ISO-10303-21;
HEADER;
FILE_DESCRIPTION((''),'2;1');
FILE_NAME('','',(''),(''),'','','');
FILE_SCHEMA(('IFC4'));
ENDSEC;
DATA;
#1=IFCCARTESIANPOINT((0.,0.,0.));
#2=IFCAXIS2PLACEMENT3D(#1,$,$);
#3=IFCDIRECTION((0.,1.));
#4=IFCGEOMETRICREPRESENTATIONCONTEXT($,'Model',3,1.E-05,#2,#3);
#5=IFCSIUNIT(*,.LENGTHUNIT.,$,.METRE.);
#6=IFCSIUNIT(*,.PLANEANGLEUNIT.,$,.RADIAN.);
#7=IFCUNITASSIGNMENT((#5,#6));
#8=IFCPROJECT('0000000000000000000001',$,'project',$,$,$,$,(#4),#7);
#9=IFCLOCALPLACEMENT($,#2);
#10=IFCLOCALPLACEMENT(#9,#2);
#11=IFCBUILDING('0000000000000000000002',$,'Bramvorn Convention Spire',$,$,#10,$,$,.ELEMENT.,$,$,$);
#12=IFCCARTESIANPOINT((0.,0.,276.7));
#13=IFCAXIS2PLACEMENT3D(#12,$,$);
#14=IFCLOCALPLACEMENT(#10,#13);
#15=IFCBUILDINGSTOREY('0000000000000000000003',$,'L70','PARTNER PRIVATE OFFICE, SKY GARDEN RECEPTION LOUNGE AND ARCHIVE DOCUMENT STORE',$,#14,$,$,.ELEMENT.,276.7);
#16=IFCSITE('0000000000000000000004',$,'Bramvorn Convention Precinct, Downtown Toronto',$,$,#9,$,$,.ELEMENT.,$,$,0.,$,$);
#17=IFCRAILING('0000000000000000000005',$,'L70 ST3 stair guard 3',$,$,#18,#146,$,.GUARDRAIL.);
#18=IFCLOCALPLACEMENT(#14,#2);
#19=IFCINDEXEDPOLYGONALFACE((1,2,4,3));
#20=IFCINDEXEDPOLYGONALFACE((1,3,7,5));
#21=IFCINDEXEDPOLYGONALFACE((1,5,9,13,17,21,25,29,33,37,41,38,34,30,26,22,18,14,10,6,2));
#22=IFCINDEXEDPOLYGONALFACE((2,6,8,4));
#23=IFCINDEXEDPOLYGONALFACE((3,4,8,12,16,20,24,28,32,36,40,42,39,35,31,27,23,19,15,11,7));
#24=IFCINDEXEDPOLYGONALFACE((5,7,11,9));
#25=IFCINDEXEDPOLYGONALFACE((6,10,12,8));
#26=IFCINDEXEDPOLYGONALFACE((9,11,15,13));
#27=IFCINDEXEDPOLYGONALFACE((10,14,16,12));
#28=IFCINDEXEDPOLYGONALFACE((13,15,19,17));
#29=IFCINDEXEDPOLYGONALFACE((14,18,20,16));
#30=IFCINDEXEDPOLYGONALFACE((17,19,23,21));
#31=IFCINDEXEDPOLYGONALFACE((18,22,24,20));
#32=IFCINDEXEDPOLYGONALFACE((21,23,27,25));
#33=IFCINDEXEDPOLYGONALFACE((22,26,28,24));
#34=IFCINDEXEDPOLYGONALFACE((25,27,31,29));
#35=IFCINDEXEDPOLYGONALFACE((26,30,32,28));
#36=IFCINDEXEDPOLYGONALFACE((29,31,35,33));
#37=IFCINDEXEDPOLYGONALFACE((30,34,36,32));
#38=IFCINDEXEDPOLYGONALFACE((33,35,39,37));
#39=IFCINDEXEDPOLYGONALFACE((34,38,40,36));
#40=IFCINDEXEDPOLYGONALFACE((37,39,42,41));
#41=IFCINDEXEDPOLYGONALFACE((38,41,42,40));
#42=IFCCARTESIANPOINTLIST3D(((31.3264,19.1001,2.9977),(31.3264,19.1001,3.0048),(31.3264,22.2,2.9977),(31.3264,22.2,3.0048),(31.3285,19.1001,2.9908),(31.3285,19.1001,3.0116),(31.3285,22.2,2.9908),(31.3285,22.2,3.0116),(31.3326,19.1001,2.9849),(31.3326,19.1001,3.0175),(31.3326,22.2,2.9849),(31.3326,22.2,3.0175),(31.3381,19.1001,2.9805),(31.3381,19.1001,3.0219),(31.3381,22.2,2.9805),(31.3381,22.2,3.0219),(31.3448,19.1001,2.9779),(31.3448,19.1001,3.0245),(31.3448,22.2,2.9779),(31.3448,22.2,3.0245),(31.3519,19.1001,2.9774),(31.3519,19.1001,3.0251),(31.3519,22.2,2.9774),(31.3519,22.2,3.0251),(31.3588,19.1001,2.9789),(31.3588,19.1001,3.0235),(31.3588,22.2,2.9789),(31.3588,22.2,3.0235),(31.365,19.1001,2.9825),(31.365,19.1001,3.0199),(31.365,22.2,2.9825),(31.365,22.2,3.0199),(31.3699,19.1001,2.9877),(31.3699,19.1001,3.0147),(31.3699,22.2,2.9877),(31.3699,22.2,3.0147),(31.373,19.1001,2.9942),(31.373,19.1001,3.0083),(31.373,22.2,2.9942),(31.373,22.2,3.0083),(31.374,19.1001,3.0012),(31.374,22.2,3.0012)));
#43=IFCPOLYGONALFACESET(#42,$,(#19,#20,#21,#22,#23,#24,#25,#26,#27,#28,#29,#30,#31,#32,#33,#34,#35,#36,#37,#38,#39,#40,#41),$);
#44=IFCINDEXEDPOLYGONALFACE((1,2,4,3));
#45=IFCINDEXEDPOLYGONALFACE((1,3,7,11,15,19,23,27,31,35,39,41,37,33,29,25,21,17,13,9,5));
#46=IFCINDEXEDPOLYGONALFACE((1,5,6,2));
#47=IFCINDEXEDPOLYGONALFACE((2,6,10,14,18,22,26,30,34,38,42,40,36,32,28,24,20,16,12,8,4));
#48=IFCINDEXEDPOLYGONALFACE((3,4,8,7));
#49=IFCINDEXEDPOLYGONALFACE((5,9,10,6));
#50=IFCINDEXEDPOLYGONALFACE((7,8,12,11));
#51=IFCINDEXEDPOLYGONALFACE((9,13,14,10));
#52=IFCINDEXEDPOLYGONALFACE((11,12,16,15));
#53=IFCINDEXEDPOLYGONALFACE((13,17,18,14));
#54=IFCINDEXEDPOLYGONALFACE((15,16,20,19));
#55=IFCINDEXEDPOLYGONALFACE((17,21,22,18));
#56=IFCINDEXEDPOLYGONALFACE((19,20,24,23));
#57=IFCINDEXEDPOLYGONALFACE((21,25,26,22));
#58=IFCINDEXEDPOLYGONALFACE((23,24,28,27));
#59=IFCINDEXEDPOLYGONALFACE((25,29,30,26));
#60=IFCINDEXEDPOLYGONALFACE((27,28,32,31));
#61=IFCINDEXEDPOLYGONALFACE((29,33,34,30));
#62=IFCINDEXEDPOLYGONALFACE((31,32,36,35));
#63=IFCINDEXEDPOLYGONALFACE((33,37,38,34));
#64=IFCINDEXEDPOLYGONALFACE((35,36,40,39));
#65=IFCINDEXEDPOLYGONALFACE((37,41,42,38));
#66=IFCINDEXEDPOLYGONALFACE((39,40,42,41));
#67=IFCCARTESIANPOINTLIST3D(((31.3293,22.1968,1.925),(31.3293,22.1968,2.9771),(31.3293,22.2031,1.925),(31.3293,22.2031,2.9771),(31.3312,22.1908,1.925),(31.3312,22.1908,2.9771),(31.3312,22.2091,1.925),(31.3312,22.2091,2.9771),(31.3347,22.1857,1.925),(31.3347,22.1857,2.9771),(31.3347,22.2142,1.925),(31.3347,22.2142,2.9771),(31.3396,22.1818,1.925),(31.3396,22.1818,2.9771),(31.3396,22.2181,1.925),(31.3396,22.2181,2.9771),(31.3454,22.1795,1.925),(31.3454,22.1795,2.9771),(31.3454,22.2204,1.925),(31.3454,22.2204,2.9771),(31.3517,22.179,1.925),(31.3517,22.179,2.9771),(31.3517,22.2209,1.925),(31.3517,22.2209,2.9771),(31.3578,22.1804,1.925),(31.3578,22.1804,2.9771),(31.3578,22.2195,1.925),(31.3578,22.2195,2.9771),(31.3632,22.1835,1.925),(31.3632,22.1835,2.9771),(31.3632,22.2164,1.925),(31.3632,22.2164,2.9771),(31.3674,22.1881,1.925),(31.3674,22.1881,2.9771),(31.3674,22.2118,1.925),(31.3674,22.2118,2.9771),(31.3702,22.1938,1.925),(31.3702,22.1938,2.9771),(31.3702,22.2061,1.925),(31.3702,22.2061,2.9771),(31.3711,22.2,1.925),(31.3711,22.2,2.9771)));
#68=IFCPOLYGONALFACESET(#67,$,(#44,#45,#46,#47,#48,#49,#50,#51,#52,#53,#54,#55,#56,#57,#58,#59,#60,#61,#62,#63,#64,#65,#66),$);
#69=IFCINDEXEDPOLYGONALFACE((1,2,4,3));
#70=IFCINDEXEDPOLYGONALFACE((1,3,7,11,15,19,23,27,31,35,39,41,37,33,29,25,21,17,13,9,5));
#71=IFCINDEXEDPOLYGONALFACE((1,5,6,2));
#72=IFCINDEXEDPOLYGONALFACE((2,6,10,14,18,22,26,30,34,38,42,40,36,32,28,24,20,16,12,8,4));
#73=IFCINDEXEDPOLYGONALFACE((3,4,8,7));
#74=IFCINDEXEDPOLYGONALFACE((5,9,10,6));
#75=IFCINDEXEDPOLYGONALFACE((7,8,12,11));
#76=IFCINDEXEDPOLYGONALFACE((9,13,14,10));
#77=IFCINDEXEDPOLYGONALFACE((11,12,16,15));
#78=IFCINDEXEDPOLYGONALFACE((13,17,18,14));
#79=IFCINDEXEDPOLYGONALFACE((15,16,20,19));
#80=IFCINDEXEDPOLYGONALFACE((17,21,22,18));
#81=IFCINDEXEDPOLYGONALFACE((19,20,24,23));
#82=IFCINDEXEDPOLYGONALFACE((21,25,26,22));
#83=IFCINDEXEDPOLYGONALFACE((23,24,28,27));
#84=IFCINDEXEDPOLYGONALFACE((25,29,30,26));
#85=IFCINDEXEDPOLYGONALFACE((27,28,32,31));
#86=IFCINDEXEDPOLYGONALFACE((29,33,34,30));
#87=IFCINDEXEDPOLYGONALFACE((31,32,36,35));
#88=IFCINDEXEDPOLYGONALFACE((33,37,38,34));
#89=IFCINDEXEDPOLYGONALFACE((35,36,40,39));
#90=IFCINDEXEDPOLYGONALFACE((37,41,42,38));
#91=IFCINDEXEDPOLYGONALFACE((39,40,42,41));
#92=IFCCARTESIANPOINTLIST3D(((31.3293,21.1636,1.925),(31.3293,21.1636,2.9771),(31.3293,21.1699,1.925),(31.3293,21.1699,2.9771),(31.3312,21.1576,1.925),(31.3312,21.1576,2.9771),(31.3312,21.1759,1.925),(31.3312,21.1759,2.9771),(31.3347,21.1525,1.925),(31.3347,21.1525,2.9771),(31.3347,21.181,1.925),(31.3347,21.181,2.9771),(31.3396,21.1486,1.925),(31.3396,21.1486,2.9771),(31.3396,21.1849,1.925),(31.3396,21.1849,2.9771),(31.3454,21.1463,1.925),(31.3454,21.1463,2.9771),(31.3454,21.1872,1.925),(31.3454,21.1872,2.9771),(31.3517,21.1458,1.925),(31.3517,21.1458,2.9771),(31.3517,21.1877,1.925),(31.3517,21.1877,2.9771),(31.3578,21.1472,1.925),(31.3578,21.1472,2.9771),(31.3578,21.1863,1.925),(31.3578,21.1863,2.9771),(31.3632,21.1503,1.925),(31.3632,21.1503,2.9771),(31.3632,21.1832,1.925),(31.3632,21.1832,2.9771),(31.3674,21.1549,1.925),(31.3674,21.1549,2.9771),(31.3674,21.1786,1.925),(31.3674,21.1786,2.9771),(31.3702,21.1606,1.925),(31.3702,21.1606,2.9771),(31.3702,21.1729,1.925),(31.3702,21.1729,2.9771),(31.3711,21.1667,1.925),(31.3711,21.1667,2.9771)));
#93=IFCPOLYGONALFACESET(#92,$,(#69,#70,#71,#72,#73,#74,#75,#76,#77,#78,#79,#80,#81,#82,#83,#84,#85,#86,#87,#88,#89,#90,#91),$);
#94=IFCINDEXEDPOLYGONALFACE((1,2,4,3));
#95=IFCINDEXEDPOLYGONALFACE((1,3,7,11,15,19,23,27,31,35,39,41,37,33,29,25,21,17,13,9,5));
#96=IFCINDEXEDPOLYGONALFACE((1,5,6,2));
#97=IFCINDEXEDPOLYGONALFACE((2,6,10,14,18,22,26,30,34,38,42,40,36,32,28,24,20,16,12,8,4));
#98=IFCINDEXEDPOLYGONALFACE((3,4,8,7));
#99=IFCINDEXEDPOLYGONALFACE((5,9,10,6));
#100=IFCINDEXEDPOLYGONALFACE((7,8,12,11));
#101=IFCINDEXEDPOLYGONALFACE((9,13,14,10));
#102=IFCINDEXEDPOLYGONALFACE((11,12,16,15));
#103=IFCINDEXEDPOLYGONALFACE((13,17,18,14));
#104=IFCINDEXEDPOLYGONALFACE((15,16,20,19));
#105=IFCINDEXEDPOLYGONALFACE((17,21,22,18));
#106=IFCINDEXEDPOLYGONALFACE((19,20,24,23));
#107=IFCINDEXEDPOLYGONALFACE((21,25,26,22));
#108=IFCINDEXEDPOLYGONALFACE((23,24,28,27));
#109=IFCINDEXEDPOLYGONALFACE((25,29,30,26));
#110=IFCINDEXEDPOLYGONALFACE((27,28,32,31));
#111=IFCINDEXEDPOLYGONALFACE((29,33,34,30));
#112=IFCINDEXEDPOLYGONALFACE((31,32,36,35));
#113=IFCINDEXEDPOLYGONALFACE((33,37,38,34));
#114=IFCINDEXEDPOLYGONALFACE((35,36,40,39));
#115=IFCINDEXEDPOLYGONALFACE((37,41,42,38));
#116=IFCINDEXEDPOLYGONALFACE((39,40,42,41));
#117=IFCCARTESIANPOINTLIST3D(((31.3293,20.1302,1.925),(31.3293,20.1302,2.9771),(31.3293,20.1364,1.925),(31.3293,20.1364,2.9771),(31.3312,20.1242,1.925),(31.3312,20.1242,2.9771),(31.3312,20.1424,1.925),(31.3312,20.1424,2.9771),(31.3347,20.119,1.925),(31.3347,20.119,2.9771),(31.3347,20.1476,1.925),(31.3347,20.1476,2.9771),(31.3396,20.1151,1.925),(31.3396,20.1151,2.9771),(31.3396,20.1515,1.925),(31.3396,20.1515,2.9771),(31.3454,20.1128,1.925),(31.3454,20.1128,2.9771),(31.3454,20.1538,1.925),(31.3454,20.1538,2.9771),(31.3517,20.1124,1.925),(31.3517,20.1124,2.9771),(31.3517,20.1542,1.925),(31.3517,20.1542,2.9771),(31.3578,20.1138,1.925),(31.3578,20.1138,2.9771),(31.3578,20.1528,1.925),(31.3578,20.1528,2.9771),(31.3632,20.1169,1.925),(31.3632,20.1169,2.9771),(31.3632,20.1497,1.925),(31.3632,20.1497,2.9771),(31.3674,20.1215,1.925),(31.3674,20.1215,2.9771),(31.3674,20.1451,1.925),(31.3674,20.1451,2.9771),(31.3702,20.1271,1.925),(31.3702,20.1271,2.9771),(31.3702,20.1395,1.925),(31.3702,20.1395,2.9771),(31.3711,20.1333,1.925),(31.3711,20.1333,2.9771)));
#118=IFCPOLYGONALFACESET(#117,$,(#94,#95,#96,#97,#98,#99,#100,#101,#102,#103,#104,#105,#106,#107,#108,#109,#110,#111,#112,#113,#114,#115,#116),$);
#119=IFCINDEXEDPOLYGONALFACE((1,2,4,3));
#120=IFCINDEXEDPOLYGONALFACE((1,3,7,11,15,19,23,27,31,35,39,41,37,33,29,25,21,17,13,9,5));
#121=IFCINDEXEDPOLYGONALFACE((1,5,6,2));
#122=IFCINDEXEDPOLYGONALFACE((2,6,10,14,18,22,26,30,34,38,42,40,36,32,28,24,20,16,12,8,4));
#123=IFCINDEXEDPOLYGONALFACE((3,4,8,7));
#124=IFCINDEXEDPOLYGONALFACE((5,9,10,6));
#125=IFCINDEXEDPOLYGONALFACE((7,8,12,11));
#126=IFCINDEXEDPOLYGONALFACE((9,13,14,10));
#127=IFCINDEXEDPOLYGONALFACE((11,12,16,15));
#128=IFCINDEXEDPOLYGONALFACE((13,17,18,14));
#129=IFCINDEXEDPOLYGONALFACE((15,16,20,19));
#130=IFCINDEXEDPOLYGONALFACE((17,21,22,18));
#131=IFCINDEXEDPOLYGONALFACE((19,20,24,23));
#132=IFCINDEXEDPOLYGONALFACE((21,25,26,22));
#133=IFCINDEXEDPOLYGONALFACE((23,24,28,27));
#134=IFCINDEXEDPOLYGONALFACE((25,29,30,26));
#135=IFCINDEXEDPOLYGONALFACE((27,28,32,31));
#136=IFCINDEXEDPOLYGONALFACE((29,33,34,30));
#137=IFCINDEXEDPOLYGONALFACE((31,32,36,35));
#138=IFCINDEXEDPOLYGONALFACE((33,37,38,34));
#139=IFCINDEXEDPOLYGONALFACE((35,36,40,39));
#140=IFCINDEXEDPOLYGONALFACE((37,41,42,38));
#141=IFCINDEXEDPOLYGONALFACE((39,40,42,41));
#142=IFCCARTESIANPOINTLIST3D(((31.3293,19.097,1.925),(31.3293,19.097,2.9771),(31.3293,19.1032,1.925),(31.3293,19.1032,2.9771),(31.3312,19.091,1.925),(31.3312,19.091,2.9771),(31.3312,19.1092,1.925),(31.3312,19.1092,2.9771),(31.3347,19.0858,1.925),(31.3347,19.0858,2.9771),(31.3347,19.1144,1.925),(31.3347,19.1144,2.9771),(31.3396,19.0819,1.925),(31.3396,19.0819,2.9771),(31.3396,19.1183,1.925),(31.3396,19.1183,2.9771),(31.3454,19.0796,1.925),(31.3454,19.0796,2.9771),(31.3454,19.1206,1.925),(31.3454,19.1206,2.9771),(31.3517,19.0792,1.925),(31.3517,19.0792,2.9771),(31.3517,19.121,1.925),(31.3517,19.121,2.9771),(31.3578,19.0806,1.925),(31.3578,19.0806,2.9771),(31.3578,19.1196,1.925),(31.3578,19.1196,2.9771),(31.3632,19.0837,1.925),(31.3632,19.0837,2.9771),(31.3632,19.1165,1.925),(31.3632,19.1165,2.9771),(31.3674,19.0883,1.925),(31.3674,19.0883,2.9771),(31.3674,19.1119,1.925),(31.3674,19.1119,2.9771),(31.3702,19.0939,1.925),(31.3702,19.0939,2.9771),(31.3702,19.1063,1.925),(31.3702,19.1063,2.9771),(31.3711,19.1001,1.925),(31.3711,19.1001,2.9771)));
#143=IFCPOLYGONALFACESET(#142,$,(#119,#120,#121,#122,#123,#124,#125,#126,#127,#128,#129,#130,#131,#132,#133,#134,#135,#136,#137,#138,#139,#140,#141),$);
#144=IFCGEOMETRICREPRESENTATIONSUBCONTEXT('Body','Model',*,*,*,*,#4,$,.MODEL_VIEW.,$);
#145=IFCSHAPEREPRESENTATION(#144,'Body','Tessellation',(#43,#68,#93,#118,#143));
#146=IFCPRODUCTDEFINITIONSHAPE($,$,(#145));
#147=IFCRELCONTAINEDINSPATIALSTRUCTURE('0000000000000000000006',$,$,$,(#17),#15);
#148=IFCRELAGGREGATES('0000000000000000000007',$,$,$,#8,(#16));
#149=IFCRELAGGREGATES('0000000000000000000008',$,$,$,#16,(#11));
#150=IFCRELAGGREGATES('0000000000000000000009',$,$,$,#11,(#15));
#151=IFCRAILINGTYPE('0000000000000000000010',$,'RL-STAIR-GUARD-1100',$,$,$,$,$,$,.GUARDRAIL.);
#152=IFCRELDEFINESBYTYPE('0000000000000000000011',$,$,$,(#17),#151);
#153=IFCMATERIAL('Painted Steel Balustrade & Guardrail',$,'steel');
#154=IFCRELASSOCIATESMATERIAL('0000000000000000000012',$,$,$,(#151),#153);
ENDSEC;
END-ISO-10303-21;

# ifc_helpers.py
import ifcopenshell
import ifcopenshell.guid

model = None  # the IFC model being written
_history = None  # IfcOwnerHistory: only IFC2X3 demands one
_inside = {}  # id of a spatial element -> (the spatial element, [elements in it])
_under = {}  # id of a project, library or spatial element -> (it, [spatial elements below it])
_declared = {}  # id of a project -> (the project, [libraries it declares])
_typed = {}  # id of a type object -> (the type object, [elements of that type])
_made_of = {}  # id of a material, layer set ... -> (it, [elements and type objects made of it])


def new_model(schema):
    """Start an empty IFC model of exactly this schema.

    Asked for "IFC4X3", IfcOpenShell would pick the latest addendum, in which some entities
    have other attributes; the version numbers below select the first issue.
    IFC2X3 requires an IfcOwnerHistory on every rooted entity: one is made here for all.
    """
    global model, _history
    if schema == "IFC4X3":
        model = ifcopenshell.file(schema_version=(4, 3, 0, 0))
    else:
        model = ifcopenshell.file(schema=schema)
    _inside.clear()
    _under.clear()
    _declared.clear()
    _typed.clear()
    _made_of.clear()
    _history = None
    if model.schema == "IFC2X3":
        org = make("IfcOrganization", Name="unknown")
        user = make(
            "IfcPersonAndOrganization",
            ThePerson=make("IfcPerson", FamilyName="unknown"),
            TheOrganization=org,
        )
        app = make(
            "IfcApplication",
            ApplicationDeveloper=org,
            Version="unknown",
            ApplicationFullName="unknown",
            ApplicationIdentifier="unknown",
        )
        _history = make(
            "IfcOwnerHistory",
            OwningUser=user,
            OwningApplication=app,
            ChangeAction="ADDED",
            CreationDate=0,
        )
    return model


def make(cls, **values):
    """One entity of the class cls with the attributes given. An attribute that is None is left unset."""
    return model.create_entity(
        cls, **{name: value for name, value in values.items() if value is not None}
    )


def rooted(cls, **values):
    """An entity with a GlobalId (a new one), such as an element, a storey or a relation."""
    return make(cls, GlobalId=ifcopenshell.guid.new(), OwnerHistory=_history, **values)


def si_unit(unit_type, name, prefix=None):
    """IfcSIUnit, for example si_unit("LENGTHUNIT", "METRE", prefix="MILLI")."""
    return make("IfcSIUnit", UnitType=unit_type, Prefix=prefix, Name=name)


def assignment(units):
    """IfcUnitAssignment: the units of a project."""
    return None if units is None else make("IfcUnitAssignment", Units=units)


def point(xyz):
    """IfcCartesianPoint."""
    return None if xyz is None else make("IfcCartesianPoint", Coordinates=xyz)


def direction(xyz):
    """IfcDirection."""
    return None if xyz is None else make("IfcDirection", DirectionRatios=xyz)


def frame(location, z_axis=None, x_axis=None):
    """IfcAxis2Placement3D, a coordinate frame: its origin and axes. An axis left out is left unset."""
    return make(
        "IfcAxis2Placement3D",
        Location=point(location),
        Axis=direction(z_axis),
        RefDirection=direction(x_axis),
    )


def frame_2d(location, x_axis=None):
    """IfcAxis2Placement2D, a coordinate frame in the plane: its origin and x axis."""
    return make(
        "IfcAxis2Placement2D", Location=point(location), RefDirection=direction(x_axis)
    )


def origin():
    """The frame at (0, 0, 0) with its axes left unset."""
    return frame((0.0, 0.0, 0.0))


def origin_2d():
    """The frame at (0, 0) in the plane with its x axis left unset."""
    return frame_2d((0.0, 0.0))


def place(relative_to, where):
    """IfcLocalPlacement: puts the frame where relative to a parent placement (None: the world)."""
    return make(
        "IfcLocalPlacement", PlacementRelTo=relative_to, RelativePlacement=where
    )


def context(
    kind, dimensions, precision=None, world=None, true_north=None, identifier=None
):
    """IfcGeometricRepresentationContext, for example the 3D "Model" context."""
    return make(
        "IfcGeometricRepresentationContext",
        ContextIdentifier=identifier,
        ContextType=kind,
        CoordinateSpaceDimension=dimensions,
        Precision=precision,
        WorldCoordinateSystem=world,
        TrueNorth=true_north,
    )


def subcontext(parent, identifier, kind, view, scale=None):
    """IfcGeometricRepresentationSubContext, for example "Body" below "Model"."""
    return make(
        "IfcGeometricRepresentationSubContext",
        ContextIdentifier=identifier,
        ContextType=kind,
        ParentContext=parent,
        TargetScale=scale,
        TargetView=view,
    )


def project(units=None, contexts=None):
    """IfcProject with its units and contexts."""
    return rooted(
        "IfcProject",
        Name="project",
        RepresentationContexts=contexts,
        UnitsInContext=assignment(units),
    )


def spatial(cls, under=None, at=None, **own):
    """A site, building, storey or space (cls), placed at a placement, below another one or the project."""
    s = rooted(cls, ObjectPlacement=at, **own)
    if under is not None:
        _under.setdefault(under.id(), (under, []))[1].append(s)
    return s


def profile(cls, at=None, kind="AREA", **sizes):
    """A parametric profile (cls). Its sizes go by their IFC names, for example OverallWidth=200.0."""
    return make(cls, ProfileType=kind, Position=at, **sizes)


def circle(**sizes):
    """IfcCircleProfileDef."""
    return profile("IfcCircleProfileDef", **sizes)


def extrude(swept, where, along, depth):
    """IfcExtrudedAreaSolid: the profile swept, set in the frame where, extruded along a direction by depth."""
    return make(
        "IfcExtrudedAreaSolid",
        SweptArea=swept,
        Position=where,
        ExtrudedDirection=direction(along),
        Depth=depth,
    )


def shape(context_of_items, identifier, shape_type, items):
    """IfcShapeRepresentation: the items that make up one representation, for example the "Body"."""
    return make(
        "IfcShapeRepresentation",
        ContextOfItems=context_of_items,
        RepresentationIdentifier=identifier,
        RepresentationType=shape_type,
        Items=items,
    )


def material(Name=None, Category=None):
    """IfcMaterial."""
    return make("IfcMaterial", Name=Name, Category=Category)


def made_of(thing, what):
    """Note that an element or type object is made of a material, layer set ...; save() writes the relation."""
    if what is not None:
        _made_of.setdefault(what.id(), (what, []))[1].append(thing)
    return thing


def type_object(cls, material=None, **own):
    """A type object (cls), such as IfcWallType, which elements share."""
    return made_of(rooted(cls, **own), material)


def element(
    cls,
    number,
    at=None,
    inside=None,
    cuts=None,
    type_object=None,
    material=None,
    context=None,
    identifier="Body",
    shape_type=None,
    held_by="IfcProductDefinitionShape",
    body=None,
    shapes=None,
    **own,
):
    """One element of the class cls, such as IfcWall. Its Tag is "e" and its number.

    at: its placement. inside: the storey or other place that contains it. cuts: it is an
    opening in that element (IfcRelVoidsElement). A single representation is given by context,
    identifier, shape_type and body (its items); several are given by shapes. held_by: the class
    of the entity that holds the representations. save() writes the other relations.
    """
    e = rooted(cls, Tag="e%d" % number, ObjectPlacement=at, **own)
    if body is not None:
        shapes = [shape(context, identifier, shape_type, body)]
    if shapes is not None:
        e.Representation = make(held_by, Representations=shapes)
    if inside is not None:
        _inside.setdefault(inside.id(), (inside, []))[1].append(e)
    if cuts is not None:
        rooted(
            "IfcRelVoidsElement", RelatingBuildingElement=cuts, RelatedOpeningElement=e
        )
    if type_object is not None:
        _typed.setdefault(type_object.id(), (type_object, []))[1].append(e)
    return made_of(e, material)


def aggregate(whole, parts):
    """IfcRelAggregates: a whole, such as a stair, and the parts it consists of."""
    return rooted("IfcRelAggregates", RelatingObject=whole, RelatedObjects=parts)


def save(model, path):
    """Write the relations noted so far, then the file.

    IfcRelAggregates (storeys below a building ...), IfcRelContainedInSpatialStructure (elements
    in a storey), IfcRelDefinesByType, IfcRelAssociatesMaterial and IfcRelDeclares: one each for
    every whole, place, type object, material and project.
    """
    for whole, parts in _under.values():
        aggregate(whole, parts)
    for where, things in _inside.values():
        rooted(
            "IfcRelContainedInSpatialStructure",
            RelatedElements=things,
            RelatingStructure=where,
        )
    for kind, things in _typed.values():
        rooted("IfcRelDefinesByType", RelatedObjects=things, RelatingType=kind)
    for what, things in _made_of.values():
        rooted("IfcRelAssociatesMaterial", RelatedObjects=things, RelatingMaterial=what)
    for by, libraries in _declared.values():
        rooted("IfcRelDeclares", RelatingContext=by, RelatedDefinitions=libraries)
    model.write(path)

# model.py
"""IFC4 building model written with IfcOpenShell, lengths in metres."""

from ifc_helpers import new_model, si_unit, direction, frame, origin, origin_2d, place, context, subcontext, project, spatial, circle, extrude, material, type_object, element, save


model = new_model("IFC4")

# Units and contexts
model_context = context("Model", 3, precision=1e-05, world=origin(), true_north=direction((0.0, 1.0)))
body_context = subcontext(model_context, "Body", "Model", "MODEL_VIEW")
ifc_project = project(units=[si_unit("LENGTHUNIT", "METRE"), si_unit("PLANEANGLEUNIT", "RADIAN")], contexts=[model_context])

# Site, building, storey
site_placement = place(None, origin())
site = spatial("IfcSite", under=ifc_project, at=site_placement, Name="Bramvorn Convention Precinct, Downtown Toronto", CompositionType="ELEMENT", RefElevation=0.0)
building_placement = place(site_placement, origin())
building = spatial("IfcBuilding", under=site, at=building_placement, Name="Bramvorn Convention Spire", CompositionType="ELEMENT")
storey_placement = place(building_placement, frame((0.0, 0.0, 276.7)))
storey = spatial("IfcBuildingStorey", under=building, at=storey_placement, Name="L70", Description="PARTNER PRIVATE OFFICE, SKY GARDEN RECEPTION LOUNGE AND ARCHIVE DOCUMENT STORE", CompositionType="ELEMENT", Elevation=276.7)

# Railing
ifc_material_1 = material(Name="Painted Steel Balustrade & Guardrail", Category="steel")
railing_type_1 = type_object("IfcRailingType", Name="RL-STAIR-GUARD-1100", PredefinedType="GUARDRAIL", material=ifc_material_1)
for number, where, name in (
    (1, (31.3501, 22.2, 1.925), "L70 ST3 stair guard 3"),
):
    element("IfcRailing", number, at=place(storey_placement, frame(where)), inside=storey, type_object=railing_type_1, Name=name, PredefinedType="GUARDRAIL", context=body_context, shape_type="SweptSolid", body=[
        extrude(circle(Radius=0.0239, at=origin_2d()), frame((0.0, 0.0, 1.0762), z_axis=(0.0, -1.0, 0.0), x_axis=(1.0, 0.0, 0.0)), (0.0, 0.0, 1.0), 3.0999),
        extrude(circle(Radius=0.021, at=origin_2d()), origin(), (0.0, 0.0, 1.0), 1.052),
        extrude(circle(Radius=0.021, at=origin_2d()), frame((0.0, -1.0332, 0.0)), (0.0, 0.0, 1.0), 1.052),
        extrude(circle(Radius=0.021, at=origin_2d()), frame((0.0, -2.0667, 0.0)), (0.0, 0.0, 1.0), 1.052),
        extrude(circle(Radius=0.021, at=origin_2d()), frame((0.0, -3.0999, 0.0)), (0.0, 0.0, 1.0), 1.052),
    ])

save(model, "model.ifc")
